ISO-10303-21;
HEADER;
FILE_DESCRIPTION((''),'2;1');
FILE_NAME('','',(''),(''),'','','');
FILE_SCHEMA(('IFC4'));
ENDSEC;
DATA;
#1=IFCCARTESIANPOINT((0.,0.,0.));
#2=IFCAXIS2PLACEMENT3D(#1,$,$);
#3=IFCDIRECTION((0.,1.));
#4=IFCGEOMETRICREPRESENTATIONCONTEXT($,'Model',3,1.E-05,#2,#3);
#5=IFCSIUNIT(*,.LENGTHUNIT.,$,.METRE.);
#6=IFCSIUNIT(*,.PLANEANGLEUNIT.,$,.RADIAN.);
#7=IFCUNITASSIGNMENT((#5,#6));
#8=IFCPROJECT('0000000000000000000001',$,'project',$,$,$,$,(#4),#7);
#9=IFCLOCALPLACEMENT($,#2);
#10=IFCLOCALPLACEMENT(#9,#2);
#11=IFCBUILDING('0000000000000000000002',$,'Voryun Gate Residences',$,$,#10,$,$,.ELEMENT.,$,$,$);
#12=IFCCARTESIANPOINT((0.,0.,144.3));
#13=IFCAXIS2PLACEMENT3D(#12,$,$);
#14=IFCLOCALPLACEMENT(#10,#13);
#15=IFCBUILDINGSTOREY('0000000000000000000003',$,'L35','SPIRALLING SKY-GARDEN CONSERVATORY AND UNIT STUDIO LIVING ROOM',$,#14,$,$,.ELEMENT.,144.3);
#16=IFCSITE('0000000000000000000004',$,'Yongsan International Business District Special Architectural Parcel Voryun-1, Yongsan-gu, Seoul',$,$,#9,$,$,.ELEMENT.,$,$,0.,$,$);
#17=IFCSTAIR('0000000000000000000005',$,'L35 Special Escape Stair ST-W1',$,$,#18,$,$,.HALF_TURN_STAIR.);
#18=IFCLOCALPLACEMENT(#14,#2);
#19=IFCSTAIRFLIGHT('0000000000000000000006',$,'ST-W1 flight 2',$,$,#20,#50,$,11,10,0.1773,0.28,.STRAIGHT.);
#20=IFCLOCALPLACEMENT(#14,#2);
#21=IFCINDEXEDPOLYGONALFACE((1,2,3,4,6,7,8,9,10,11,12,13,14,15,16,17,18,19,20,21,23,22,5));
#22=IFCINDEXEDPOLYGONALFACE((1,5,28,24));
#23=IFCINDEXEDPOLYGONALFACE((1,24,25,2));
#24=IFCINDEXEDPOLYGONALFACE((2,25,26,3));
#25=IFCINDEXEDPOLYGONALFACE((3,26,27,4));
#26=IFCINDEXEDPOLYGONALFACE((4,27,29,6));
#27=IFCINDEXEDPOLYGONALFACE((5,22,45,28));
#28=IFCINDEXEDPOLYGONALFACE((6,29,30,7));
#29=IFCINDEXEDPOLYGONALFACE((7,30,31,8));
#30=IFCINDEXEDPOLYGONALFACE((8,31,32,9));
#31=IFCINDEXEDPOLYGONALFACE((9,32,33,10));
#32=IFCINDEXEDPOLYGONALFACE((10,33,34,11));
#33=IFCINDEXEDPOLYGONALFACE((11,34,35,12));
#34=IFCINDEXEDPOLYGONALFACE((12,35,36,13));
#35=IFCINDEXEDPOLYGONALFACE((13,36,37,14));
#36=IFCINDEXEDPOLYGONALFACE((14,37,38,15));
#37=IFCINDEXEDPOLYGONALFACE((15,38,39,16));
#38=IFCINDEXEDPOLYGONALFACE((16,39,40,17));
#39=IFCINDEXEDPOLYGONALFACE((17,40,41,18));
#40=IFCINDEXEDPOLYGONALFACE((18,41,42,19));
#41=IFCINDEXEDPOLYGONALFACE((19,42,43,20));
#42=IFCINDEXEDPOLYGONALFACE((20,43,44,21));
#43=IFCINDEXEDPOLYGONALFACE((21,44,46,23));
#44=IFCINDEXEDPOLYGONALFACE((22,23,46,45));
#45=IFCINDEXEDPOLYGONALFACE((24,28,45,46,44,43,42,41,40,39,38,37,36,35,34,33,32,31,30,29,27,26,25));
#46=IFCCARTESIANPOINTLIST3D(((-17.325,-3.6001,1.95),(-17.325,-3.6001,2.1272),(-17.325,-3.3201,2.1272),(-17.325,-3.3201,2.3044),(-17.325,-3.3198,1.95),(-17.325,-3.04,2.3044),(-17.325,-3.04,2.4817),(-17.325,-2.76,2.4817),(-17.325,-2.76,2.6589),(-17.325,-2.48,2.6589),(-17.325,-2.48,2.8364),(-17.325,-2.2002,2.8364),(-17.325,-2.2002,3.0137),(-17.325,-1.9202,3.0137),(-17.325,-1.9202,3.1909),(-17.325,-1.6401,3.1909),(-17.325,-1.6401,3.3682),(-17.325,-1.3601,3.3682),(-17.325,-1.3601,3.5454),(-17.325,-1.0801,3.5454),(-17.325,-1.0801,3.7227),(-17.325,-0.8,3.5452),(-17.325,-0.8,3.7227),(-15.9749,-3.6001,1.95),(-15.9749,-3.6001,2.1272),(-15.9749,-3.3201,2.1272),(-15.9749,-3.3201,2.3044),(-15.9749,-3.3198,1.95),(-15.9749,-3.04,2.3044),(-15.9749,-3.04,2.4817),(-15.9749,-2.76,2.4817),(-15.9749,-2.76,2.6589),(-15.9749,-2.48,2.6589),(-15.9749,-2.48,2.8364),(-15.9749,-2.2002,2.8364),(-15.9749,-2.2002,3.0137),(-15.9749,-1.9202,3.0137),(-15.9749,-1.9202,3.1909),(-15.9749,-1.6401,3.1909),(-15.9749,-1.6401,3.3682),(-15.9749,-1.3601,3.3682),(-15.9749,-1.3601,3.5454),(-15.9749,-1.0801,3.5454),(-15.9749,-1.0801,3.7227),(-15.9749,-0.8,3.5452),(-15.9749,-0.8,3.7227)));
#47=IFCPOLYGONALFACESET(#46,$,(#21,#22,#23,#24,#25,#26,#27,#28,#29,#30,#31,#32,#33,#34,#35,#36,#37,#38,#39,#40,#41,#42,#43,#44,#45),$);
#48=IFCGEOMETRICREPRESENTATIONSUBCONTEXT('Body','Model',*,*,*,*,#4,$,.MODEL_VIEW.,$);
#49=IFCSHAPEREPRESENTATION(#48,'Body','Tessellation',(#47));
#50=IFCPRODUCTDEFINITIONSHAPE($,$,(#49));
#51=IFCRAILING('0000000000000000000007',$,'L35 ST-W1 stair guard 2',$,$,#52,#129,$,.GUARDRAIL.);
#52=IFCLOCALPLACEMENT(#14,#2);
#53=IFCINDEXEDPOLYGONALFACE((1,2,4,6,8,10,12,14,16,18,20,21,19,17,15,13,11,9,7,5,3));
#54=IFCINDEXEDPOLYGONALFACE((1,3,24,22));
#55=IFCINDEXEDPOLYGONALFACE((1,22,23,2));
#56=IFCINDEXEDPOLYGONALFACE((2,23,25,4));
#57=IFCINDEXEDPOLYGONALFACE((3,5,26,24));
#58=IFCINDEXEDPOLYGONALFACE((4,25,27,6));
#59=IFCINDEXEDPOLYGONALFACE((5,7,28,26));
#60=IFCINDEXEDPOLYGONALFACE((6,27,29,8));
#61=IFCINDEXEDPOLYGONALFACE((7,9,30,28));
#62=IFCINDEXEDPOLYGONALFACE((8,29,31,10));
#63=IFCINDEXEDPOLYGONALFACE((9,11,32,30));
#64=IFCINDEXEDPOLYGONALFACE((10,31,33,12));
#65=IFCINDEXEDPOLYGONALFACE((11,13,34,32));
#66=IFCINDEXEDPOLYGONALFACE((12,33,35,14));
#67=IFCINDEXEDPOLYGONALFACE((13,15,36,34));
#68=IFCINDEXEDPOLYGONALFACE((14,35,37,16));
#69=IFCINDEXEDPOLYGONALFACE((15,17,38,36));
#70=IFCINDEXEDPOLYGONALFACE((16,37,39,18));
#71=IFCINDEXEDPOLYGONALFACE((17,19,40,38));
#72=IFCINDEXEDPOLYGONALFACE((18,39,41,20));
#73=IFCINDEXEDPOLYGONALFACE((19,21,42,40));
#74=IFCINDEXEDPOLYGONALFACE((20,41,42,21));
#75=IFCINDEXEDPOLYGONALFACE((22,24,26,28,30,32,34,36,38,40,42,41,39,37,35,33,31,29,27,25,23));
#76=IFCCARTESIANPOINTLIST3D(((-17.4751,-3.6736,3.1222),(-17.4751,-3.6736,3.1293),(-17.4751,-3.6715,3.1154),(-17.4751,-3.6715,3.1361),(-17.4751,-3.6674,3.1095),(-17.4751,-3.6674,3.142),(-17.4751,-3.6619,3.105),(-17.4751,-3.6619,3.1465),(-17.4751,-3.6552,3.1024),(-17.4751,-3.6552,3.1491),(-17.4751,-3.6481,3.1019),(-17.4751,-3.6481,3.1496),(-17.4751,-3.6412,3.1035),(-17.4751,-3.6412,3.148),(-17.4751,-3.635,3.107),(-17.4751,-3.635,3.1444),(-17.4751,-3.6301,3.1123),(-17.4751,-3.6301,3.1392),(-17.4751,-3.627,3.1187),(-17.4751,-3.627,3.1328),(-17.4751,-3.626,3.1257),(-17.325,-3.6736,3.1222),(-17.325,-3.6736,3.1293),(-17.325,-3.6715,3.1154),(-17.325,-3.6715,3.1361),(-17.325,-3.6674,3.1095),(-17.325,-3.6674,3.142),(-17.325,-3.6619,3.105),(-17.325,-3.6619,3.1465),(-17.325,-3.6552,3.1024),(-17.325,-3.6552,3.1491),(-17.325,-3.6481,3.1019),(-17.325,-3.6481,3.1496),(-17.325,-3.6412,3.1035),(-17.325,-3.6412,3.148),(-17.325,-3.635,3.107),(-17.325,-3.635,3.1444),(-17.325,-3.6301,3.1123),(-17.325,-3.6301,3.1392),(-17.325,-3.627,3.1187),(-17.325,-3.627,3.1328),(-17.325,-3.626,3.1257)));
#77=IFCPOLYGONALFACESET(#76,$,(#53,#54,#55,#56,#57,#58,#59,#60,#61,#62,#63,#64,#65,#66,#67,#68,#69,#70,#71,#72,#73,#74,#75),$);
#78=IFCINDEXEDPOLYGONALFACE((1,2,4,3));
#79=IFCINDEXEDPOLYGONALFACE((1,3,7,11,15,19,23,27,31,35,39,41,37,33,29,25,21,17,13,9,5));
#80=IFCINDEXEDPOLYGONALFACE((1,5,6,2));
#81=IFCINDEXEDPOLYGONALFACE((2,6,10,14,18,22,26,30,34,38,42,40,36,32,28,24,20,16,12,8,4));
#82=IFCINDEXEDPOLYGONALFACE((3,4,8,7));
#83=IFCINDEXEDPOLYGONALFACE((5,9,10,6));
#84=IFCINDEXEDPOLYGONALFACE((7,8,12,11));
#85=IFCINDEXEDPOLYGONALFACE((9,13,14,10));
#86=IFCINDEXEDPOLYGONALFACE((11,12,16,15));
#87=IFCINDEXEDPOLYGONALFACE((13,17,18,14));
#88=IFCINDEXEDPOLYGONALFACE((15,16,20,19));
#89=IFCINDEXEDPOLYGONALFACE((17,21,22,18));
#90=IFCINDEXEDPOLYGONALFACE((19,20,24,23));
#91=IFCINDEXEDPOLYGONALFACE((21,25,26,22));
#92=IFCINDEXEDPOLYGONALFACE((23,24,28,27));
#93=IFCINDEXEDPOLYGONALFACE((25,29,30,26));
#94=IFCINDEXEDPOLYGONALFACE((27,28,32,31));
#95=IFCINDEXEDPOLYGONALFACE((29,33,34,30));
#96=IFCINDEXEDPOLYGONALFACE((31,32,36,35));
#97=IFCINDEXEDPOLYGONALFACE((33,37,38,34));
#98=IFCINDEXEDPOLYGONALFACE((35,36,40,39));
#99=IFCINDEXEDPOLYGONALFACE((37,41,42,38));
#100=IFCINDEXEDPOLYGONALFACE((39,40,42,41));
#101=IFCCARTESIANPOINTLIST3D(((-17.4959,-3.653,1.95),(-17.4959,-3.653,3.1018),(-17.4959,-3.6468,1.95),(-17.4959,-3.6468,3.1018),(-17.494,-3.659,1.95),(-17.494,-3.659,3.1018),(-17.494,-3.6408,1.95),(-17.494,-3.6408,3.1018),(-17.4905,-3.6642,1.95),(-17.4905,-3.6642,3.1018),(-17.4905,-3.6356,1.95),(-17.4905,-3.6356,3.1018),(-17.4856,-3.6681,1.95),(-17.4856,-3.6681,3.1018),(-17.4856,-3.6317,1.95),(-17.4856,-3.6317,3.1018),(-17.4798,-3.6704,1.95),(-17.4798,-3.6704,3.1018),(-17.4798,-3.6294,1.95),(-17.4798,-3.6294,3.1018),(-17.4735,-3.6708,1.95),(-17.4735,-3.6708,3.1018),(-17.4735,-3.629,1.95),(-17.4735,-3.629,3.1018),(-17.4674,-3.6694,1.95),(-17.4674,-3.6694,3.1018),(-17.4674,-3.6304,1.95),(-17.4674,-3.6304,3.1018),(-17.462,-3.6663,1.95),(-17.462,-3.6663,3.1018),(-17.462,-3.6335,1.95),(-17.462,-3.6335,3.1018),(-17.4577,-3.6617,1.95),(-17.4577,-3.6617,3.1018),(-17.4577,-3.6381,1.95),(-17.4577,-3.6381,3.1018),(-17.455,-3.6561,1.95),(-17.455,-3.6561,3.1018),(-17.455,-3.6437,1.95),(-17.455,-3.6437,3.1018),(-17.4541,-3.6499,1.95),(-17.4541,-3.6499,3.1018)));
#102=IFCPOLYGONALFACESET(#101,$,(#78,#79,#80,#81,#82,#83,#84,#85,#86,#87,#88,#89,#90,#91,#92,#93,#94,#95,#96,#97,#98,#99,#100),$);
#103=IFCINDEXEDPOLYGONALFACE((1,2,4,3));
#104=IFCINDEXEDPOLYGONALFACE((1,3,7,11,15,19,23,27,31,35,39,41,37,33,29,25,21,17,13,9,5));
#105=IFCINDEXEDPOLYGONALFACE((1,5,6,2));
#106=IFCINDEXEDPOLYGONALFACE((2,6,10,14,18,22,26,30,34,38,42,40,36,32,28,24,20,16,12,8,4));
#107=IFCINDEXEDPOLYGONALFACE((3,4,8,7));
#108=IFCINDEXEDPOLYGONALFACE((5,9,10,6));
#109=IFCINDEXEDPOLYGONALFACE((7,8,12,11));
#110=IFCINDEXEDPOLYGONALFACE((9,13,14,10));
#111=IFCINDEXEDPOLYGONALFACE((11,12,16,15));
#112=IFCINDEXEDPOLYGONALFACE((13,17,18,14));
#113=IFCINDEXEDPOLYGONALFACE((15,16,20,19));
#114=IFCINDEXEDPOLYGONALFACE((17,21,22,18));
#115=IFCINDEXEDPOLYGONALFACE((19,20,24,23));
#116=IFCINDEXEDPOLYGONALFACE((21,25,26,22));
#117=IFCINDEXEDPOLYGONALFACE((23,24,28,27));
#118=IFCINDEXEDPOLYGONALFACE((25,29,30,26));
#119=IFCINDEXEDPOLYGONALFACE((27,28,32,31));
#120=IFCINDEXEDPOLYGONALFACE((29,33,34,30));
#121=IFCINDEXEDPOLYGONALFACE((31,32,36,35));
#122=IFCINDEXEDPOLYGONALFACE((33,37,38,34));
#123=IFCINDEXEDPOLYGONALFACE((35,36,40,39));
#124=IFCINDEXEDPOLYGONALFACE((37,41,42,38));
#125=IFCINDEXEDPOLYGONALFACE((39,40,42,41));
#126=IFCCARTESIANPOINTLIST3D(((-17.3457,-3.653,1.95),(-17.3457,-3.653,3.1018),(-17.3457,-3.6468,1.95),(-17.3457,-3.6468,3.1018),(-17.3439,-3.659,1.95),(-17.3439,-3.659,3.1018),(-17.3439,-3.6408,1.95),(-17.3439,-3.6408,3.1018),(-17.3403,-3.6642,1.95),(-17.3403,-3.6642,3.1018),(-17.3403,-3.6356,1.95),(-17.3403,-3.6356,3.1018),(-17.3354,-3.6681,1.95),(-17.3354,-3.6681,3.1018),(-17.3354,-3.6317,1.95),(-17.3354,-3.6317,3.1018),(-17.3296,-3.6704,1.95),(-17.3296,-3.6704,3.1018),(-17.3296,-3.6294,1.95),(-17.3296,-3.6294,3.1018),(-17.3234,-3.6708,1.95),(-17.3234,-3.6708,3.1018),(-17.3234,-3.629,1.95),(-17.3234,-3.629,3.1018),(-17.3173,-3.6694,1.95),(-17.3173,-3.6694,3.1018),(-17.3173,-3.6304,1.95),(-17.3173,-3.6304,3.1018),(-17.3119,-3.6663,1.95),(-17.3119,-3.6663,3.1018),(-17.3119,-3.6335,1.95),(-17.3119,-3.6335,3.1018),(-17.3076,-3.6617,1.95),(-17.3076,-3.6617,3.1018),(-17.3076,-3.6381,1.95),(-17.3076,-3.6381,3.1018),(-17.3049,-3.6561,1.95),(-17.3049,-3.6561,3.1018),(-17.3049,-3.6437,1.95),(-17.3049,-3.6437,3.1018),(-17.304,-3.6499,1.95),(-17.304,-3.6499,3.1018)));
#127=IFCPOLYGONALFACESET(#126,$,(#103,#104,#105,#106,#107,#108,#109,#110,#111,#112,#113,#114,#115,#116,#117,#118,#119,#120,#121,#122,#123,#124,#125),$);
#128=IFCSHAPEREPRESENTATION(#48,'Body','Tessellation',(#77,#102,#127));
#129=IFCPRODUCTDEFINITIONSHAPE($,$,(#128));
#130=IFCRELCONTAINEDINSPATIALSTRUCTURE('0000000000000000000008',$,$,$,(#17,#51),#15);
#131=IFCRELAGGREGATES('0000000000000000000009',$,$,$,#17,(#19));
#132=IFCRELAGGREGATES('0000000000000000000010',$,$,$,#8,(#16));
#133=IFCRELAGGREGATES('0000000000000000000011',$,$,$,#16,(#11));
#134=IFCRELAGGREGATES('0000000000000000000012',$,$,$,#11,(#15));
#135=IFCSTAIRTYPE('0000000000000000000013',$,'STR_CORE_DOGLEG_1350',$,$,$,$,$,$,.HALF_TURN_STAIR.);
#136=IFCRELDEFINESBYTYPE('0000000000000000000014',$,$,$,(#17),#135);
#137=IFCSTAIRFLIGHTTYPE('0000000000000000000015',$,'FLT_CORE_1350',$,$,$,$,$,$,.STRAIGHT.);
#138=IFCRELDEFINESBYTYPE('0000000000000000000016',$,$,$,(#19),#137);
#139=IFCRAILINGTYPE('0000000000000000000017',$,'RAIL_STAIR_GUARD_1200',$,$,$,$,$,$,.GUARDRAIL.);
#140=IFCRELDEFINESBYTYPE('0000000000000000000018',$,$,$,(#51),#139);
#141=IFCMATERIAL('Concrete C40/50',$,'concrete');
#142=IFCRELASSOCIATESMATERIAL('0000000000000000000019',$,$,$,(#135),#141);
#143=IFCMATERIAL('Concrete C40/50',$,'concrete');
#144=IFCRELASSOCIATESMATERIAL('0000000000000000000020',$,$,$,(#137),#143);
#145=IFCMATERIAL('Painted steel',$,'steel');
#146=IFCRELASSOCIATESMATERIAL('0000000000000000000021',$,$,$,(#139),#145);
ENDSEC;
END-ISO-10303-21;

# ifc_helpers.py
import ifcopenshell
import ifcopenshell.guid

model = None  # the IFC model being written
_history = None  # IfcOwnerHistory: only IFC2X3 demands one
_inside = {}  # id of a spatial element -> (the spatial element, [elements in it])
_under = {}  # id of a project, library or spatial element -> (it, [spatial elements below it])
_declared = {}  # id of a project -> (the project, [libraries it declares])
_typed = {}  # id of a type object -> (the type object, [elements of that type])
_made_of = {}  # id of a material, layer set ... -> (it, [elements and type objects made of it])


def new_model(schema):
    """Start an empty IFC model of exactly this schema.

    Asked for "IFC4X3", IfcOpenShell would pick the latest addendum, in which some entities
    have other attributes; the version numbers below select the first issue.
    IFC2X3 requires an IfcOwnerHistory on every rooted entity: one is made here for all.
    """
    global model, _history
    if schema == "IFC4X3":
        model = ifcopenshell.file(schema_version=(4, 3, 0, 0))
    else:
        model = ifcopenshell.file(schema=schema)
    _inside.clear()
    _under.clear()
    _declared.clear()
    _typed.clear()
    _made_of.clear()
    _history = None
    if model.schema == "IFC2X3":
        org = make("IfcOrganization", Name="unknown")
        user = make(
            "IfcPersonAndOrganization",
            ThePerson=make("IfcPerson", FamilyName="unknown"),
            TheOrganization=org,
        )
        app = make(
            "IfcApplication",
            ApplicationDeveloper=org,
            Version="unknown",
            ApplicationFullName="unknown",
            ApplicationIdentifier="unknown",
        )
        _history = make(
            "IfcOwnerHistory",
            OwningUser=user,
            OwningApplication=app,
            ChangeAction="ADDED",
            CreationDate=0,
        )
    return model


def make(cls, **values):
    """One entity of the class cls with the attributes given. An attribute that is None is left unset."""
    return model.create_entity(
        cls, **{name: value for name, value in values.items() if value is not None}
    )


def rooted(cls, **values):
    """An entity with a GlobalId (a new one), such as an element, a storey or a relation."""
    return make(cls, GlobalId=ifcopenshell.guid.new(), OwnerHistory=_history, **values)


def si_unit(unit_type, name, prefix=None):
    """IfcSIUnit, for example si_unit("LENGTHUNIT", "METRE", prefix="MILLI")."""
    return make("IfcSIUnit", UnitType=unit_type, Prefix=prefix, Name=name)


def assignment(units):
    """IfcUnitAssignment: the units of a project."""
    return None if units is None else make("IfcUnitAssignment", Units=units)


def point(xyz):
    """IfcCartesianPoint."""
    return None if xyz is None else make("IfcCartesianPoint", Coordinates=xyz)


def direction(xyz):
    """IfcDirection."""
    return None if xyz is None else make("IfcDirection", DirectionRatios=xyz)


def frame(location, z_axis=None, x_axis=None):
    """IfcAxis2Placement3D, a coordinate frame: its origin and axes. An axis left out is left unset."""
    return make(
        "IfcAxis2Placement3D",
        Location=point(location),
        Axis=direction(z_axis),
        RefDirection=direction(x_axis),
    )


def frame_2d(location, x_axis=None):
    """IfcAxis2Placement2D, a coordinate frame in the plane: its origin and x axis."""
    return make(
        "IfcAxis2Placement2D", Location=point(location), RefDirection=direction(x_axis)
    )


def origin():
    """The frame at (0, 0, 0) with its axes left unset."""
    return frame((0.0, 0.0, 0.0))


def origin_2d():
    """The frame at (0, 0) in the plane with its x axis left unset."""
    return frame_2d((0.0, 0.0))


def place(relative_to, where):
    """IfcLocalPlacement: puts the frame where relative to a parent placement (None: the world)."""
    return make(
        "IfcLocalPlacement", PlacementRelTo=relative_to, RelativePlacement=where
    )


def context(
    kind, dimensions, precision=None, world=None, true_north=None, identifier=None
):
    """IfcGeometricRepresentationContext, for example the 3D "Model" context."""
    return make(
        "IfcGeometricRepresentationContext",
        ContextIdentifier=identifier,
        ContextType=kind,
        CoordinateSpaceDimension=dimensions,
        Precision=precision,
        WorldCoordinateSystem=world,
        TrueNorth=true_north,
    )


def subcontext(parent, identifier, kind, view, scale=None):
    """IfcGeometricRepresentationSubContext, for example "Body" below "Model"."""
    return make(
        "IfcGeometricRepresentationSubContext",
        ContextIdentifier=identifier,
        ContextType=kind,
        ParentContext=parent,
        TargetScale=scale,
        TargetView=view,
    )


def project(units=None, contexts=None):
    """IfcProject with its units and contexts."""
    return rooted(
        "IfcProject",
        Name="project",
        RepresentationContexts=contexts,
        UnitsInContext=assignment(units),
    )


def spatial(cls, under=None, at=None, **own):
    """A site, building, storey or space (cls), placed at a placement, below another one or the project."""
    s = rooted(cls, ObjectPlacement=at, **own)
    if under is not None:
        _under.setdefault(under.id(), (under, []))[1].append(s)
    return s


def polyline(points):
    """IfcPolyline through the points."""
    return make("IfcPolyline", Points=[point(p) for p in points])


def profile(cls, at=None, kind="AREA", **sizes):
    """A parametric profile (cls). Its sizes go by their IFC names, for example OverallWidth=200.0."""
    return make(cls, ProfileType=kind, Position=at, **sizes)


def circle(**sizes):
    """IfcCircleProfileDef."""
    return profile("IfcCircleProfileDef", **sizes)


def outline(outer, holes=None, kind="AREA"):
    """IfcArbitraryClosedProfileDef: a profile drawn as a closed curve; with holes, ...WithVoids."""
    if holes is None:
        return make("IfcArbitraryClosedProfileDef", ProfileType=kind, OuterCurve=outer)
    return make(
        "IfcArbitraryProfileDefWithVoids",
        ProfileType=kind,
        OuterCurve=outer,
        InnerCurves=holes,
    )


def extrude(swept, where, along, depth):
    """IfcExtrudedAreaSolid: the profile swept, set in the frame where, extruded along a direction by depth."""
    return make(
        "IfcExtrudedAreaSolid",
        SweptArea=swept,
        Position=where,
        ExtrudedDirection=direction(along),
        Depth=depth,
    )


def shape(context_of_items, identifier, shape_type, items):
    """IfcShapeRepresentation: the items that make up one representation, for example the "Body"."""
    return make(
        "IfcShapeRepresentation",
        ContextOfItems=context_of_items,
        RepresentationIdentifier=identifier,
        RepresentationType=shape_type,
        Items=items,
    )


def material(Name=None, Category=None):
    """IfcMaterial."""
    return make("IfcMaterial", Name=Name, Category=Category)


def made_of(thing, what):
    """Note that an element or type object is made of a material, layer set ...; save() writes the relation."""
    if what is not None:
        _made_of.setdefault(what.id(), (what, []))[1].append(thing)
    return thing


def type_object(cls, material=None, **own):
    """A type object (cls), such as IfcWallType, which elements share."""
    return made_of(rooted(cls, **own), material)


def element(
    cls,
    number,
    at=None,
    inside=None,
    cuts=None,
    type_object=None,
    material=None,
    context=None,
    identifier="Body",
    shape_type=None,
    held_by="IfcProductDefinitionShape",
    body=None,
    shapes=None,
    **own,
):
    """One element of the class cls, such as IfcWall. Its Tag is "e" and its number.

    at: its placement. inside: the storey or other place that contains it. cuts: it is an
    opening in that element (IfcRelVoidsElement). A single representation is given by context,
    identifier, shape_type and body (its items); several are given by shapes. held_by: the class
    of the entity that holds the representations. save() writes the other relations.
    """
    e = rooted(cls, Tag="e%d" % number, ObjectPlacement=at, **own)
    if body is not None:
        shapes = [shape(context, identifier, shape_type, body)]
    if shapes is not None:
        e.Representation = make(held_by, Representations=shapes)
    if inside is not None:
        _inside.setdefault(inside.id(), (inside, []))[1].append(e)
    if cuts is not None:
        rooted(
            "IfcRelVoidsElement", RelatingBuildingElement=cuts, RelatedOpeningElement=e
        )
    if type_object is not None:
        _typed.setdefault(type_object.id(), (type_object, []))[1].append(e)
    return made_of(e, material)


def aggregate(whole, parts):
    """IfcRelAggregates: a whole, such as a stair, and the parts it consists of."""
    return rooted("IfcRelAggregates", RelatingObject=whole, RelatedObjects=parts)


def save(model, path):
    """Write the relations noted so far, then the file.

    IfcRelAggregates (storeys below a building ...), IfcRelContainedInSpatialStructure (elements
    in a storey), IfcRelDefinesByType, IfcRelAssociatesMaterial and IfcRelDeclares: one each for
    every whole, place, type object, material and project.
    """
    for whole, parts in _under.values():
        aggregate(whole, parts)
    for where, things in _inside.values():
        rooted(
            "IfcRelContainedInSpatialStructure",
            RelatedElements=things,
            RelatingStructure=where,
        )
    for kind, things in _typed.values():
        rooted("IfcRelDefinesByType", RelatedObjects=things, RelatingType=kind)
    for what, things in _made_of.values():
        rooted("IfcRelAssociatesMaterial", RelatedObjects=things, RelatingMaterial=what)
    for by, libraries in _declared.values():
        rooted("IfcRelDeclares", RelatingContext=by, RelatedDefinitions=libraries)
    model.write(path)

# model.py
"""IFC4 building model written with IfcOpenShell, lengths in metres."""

from ifc_helpers import new_model, si_unit, direction, frame, origin, origin_2d, place, context, subcontext, project, spatial, polyline, circle, outline, extrude, material, type_object, element, aggregate, save


model = new_model("IFC4")

# Units and contexts
model_context = context("Model", 3, precision=1e-05, world=origin(), true_north=direction((0.0, 1.0)))
body_context = subcontext(model_context, "Body", "Model", "MODEL_VIEW")
ifc_project = project(units=[si_unit("LENGTHUNIT", "METRE"), si_unit("PLANEANGLEUNIT", "RADIAN")], contexts=[model_context])

# Site, building, storey
site_placement = place(None, origin())
site = spatial("IfcSite", under=ifc_project, at=site_placement, Name="Yongsan International Business District Special Architectural Parcel Voryun-1, Yongsan-gu, Seoul", CompositionType="ELEMENT", RefElevation=0.0)
building_placement = place(site_placement, origin())
building = spatial("IfcBuilding", under=site, at=building_placement, Name="Voryun Gate Residences", CompositionType="ELEMENT")
storey_placement = place(building_placement, frame((0.0, 0.0, 144.3)))
storey = spatial("IfcBuildingStorey", under=building, at=storey_placement, Name="L35", Description="SPIRALLING SKY-GARDEN CONSERVATORY AND UNIT STUDIO LIVING ROOM", CompositionType="ELEMENT", Elevation=144.3)

# Stair, stair flight
ifc_material_1 = material(Name="Concrete C40/50", Category="concrete")
stair_type = type_object("IfcStairType", Name="STR_CORE_DOGLEG_1350", PredefinedType="HALF_TURN_STAIR", material=ifc_material_1)
stair_placement = place(storey_placement, origin())
stair = element("IfcStair", 1, at=stair_placement, inside=storey, type_object=stair_type, Name="L35 Special Escape Stair ST-W1", PredefinedType="HALF_TURN_STAIR")
ifc_material_2 = material(Name="Concrete C40/50", Category="concrete")
stair_flight_type = type_object("IfcStairFlightType", Name="FLT_CORE_1350", PredefinedType="STRAIGHT", material=ifc_material_2)
stair_flight_placement = place(storey_placement, frame((-16.6499, -3.6001, 1.95), z_axis=(0.0, 0.0, 1.0), x_axis=(0.0, 1.0, 0.0)))
stair_flight = element("IfcStairFlight", 2, at=stair_flight_placement, type_object=stair_flight_type, Name="ST-W1 flight 2", NumberOfRisers=11, NumberOfTreads=10, PredefinedType="STRAIGHT", RiserHeight=0.1773, TreadLength=0.28, context=body_context, shape_type="SweptSolid", body=[
    extrude(outline(polyline([(0.0, 0.0), (0.0, 0.1772), (0.28, 0.1772), (0.28, 0.3545), (0.5601, 0.3545), (0.5601, 0.5317), (0.8401, 0.5317), (0.8401, 0.709), (1.1201, 0.709), (1.1201, 0.8865), (1.3999, 0.8865), (1.3999, 1.0637), (1.6799, 1.0637), (1.6799, 1.241), (1.96, 1.241), (1.96, 1.4182), (2.24, 1.4182), (2.24, 1.5955), (2.52, 1.5955), (2.52, 1.7727), (2.8, 1.7727), (2.8, 1.95), (2.8, 1.5952), (0.2803, 0.0), (0.0, 0.0)])), frame((0.0, 0.675, 0.0), z_axis=(0.0, -1.0, 0.0), x_axis=(1.0, 0.0, 0.0)), (0.0, 0.0, 1.0), 1.3501),
])
aggregate(stair, [stair_flight])

# Railing
ifc_material_3 = material(Name="Painted steel", Category="steel")
railing_type_1 = type_object("IfcRailingType", Name="RAIL_STAIR_GUARD_1200", PredefinedType="GUARDRAIL", material=ifc_material_3)
railing_1_placement = place(storey_placement, frame((-17.4751, -3.6499, 1.95)))
element("IfcRailing", 3, at=railing_1_placement, inside=storey, type_object=railing_type_1, Name="L35 ST-W1 stair guard 2", PredefinedType="GUARDRAIL", context=body_context, shape_type="SweptSolid", body=[
    extrude(circle(Radius=0.0239, at=origin_2d()), frame((0.0, 0.0, 1.1758), z_axis=(1.0, 0.0, 0.0), x_axis=(0.0, 1.0, 0.0)), (0.0, 0.0, 1.0), 0.1501),
    extrude(circle(Radius=0.021, at=origin_2d()), origin(), (0.0, 0.0, 1.0), 1.1519),
    extrude(circle(Radius=0.021, at=origin_2d()), frame((0.1501, 0.0, 0.0)), (0.0, 0.0, 1.0), 1.1519),
])

save(model, "model.ifc")
